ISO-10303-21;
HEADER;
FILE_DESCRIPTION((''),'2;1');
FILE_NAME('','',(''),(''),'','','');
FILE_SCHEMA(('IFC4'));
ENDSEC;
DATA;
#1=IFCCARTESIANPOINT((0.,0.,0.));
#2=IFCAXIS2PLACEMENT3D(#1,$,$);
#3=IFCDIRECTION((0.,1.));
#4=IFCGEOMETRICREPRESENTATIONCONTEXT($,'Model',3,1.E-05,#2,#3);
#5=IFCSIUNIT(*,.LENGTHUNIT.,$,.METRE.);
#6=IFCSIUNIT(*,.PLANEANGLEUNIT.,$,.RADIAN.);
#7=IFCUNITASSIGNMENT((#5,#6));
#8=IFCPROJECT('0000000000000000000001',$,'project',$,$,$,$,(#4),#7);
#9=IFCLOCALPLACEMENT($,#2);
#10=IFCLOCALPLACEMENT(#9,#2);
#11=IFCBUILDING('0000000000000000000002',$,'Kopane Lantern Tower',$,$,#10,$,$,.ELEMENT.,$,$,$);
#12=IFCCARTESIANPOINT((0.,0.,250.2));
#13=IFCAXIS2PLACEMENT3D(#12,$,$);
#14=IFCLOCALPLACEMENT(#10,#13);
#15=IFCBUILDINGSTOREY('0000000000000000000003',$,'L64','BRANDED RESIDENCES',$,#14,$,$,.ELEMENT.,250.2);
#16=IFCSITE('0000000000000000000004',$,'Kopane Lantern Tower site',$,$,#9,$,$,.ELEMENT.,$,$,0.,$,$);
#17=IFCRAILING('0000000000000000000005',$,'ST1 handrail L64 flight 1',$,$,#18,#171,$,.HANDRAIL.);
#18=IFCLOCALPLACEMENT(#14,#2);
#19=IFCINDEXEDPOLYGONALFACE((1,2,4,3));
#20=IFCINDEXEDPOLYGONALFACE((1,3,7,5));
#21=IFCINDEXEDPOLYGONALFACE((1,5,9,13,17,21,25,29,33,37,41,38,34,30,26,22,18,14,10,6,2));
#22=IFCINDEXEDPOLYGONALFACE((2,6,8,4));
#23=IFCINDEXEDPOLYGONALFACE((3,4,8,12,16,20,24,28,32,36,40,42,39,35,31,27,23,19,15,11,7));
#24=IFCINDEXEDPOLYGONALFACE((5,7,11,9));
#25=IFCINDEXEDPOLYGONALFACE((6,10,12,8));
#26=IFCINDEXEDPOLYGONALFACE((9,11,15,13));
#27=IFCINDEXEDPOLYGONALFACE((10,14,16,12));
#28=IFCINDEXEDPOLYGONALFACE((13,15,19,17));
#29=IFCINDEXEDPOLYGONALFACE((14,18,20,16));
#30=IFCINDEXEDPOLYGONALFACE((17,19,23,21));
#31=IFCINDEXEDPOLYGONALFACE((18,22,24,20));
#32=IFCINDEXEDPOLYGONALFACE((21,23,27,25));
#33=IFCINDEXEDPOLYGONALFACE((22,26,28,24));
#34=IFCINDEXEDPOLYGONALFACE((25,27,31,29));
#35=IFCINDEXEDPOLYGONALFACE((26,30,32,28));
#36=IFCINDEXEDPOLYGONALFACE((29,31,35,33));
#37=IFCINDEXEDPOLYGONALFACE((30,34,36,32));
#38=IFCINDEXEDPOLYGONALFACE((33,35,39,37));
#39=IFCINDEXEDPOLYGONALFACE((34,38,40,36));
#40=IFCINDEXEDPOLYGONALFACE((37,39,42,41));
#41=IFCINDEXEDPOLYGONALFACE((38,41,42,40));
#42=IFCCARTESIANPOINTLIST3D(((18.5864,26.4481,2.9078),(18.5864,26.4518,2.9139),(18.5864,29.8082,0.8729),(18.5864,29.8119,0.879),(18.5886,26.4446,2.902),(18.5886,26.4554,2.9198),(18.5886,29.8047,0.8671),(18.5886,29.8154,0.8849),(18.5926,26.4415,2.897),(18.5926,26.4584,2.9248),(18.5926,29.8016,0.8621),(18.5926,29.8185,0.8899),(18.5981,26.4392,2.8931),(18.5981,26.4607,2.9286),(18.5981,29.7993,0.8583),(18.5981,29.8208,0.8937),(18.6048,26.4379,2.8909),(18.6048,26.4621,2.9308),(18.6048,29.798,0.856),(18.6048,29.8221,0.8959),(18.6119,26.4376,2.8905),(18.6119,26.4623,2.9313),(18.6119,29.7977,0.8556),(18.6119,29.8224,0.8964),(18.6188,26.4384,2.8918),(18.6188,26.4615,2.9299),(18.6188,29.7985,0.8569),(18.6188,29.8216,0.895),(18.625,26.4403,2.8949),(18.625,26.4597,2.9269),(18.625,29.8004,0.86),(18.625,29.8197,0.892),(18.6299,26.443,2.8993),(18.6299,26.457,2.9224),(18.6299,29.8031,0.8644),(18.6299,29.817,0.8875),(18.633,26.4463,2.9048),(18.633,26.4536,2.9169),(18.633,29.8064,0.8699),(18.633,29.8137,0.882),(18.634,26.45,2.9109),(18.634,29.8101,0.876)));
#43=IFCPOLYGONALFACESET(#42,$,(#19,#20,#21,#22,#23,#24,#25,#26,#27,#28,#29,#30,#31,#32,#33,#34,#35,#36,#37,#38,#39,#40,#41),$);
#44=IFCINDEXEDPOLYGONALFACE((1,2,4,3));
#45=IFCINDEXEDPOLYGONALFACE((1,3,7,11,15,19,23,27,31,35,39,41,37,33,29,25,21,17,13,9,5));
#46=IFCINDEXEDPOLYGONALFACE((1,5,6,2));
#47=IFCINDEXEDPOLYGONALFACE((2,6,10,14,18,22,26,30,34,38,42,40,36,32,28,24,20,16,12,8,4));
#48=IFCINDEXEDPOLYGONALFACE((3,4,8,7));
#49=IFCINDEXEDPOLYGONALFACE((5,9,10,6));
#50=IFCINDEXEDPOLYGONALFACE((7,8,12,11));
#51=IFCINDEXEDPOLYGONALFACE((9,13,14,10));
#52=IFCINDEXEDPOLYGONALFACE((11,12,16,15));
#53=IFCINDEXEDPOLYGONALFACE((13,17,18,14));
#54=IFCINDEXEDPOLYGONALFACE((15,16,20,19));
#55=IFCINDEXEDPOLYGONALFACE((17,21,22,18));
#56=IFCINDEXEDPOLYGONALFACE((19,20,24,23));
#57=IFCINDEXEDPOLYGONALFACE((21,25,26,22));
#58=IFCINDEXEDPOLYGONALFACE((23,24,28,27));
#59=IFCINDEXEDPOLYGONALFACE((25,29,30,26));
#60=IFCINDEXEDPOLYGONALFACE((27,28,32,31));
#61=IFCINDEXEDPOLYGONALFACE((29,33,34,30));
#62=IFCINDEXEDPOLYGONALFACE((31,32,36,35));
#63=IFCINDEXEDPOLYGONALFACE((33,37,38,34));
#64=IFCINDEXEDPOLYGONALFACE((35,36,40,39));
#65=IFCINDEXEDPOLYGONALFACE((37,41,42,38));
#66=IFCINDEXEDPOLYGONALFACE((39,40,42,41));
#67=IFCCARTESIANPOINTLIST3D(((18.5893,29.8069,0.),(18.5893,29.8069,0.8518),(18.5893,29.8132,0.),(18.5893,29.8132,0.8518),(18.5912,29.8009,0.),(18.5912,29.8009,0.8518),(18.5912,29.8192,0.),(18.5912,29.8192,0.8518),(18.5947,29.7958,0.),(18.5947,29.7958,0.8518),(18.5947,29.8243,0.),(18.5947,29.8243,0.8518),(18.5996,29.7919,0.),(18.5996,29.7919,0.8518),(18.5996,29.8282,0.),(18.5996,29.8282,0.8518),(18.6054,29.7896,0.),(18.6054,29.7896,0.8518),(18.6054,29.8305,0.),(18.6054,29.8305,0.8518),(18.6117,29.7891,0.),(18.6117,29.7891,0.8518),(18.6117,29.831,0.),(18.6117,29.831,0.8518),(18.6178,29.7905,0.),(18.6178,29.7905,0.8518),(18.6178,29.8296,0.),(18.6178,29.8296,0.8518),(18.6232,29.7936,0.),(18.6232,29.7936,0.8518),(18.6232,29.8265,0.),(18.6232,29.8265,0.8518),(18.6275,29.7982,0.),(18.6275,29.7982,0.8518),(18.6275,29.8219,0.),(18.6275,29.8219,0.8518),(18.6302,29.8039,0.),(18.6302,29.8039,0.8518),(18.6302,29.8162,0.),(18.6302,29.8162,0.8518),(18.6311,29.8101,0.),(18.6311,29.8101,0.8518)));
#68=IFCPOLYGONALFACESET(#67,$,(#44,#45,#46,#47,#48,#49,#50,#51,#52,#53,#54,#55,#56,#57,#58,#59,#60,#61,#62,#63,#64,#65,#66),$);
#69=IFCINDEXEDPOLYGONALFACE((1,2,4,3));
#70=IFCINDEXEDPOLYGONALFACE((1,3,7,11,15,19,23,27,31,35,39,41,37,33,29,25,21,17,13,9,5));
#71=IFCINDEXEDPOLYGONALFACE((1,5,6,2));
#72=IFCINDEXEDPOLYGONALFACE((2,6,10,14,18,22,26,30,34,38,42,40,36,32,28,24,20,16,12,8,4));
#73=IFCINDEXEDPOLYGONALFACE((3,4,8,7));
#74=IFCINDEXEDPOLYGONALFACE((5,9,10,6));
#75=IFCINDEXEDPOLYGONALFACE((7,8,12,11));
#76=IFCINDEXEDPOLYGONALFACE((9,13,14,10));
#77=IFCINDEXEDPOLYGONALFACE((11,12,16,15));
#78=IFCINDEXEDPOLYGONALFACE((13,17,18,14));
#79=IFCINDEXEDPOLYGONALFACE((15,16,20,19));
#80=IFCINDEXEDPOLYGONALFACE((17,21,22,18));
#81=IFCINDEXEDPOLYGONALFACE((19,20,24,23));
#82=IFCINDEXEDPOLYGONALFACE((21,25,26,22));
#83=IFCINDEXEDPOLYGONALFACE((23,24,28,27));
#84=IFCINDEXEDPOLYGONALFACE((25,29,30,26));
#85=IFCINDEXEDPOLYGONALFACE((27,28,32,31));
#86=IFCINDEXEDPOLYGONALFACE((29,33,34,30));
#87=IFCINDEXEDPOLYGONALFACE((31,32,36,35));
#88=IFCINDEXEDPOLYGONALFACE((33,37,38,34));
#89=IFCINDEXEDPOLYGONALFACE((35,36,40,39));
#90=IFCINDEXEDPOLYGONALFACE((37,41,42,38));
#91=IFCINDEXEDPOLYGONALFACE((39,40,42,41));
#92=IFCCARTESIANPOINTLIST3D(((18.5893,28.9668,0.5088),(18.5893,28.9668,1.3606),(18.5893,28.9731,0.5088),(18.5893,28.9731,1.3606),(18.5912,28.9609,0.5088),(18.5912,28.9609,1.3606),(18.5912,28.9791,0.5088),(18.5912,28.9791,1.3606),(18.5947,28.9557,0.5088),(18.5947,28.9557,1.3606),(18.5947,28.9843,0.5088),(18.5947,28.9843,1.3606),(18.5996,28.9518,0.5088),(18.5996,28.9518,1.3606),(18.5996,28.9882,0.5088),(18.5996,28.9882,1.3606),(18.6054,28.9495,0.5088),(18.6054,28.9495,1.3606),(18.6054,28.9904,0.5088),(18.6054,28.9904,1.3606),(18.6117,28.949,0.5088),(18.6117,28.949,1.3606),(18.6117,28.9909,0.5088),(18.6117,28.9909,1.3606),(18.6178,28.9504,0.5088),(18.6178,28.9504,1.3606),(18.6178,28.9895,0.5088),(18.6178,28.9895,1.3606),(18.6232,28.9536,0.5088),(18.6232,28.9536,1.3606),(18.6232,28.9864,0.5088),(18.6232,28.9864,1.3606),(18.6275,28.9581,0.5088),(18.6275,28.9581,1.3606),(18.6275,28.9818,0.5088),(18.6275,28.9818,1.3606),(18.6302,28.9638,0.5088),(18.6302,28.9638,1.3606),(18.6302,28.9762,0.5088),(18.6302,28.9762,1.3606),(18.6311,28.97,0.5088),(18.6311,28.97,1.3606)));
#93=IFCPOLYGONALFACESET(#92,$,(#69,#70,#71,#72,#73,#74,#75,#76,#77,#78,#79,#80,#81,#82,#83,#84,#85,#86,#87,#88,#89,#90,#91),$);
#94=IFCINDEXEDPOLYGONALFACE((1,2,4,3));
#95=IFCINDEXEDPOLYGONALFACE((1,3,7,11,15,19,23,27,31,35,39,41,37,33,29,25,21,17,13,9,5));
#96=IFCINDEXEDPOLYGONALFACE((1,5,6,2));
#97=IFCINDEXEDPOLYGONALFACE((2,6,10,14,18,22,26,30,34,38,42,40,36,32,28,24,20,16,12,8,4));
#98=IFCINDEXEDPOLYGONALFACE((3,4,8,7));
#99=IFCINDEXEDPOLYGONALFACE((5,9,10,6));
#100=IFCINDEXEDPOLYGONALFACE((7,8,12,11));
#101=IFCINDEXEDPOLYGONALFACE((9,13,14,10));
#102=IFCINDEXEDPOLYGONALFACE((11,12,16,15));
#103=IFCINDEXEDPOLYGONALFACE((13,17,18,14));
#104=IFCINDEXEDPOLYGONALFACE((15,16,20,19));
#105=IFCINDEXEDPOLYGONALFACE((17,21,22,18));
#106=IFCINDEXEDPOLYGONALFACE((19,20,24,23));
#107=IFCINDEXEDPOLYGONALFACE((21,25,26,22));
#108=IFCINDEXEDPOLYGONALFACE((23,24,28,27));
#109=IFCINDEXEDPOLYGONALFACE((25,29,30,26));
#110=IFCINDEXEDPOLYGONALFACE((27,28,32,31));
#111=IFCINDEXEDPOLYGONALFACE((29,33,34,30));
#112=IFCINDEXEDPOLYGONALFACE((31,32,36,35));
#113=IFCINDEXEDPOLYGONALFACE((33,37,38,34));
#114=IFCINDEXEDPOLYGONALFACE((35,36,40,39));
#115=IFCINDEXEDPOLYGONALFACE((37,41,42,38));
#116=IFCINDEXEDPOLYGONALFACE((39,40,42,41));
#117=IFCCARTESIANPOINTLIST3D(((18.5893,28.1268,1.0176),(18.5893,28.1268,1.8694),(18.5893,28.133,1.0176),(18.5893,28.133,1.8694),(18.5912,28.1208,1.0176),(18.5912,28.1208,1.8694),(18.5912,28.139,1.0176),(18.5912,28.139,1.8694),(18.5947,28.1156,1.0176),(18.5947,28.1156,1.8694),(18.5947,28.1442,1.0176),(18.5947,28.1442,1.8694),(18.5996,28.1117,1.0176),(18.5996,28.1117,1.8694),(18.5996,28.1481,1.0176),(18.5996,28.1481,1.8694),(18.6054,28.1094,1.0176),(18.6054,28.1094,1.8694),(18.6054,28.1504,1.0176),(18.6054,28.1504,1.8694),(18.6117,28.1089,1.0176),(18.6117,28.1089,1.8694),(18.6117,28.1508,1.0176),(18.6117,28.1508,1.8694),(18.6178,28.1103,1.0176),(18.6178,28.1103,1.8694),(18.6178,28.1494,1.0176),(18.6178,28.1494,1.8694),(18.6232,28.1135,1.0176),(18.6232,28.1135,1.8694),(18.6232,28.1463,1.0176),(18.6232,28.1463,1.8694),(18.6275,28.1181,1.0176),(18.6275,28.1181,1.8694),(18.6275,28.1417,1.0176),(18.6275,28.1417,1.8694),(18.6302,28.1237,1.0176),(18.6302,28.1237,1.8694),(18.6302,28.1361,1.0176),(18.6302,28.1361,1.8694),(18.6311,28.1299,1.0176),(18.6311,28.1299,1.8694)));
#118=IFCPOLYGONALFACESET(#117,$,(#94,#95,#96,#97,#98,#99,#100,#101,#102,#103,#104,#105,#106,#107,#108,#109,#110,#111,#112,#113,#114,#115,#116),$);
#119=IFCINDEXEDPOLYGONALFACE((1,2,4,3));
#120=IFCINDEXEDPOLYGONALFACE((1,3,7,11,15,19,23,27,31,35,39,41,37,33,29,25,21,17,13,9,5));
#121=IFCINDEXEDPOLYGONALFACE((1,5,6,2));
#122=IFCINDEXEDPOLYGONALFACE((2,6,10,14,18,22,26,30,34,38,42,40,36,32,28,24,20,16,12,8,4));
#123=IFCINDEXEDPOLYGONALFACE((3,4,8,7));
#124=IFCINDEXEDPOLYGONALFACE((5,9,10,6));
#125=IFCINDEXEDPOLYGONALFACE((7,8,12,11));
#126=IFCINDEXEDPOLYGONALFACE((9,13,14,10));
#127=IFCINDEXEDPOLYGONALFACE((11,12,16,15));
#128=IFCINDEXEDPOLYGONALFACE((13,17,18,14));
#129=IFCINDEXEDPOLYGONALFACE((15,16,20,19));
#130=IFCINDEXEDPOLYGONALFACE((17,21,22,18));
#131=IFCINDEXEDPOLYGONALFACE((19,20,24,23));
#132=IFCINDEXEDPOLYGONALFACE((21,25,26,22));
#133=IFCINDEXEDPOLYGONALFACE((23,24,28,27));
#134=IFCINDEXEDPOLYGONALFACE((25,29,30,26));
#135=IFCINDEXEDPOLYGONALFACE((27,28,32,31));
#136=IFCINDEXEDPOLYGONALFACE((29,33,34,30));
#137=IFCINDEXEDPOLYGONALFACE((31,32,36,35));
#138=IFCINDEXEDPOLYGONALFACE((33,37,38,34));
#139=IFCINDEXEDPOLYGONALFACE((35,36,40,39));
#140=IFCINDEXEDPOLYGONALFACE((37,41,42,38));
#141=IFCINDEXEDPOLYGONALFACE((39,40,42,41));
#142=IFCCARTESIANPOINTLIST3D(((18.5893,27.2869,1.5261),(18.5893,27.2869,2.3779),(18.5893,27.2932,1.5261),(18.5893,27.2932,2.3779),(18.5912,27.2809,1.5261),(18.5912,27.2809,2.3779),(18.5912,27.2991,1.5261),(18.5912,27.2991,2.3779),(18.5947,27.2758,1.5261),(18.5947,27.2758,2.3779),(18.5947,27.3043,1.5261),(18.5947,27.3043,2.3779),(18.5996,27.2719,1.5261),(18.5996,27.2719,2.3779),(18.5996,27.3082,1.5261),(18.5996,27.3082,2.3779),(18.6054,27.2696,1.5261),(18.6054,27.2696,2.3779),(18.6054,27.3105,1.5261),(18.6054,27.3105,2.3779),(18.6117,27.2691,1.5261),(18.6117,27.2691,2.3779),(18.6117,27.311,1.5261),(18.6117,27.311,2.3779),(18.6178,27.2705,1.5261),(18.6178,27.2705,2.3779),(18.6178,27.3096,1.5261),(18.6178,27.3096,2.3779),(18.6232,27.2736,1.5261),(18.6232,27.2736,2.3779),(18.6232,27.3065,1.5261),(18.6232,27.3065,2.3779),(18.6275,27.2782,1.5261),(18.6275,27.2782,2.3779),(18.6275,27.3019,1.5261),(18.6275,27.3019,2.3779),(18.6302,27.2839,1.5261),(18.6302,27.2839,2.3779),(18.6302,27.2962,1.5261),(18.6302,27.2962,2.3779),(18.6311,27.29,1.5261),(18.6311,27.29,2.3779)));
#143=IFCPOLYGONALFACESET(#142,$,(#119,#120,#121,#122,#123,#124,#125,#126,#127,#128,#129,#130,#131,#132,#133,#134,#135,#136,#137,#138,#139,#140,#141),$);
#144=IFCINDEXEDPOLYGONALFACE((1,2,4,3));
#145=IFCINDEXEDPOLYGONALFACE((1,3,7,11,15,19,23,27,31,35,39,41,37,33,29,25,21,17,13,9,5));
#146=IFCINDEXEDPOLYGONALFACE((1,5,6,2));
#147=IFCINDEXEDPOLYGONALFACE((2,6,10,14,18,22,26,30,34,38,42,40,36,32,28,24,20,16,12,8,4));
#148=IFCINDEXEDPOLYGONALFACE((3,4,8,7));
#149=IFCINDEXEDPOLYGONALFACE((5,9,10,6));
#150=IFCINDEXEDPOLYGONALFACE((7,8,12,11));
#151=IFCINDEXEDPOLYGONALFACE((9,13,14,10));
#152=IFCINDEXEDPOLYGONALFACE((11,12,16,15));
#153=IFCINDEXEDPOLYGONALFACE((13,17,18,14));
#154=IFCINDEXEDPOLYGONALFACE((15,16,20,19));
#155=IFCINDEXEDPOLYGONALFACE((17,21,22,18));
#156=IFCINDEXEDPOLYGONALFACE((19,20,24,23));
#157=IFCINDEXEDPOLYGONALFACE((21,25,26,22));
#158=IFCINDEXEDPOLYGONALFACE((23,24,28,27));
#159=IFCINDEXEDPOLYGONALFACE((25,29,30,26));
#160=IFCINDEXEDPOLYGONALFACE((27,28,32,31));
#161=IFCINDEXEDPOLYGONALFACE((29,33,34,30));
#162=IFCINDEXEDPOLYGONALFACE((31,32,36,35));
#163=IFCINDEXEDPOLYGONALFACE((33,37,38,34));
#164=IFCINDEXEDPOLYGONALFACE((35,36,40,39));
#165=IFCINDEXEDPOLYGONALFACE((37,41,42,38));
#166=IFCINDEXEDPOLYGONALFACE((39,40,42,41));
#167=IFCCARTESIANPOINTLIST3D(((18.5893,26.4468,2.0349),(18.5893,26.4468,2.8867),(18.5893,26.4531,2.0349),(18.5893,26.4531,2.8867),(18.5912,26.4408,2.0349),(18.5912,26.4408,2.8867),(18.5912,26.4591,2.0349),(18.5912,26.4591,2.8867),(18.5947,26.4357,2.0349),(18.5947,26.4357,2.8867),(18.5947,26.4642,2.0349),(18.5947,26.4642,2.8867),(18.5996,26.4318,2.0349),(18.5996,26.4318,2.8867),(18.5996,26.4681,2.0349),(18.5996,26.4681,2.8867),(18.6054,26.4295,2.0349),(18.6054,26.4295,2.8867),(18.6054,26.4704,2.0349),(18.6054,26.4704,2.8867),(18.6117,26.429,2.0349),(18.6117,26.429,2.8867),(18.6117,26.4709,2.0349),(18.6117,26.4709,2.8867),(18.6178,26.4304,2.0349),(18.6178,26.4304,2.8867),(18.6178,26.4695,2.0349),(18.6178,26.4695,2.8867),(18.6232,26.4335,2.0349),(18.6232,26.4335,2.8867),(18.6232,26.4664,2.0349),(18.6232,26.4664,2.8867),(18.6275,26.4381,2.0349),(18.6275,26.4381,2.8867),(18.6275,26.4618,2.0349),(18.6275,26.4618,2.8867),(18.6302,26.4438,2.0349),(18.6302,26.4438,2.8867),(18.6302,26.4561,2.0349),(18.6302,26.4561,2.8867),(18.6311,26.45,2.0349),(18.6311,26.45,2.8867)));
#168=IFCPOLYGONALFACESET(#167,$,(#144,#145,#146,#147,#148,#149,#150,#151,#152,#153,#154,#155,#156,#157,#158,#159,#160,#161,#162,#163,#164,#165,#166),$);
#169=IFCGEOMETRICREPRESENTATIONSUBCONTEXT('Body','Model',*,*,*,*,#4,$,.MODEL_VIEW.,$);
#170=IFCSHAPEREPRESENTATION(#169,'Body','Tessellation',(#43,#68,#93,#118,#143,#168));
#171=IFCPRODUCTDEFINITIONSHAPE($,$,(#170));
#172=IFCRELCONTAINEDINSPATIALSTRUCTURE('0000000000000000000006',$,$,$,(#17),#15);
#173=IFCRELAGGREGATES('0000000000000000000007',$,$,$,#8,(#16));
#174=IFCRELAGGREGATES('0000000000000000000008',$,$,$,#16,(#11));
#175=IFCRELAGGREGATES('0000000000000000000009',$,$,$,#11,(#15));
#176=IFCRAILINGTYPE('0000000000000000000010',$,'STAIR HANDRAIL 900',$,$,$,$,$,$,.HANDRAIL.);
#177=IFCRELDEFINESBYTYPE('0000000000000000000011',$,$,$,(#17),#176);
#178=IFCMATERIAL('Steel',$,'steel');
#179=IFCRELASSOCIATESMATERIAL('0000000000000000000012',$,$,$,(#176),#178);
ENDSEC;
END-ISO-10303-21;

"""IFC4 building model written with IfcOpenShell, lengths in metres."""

from ifc_helpers import new_model, si_unit, direction, frame, origin, origin_2d, place, context, subcontext, project, spatial, circle, extrude, material, type_object, element, save


model = new_model("IFC4")

# Units and contexts
model_context = context("Model", 3, precision=1e-05, world=origin(), true_north=direction((0.0, 1.0)))
body_context = subcontext(model_context, "Body", "Model", "MODEL_VIEW")
ifc_project = project(units=[si_unit("LENGTHUNIT", "METRE"), si_unit("PLANEANGLEUNIT", "RADIAN")], contexts=[model_context])

# Site, building, storey
site_placement = place(None, origin())
site = spatial("IfcSite", under=ifc_project, at=site_placement, Name="Kopane Lantern Tower site", CompositionType="ELEMENT", RefElevation=0.0)
building_placement = place(site_placement, origin())
building = spatial("IfcBuilding", under=site, at=building_placement, Name="Kopane Lantern Tower", CompositionType="ELEMENT")
storey_placement = place(building_placement, frame((0.0, 0.0, 250.2)))
storey = spatial("IfcBuildingStorey", under=building, at=storey_placement, Name="L64", Description="BRANDED RESIDENCES", CompositionType="ELEMENT", Elevation=250.2)

# Railing
ifc_material_1 = material(Name="Steel", Category="steel")
railing_type_1 = type_object("IfcRailingType", Name="STAIR HANDRAIL 900", PredefinedType="HANDRAIL", material=ifc_material_1)
for number, where, name in (
    (1, (18.6101, 29.8101, 0.0), "ST1 handrail L64 flight 1"),
):
    element("IfcRailing", number, at=place(storey_placement, frame(where)), inside=storey, type_object=railing_type_1, Name=name, PredefinedType="HANDRAIL", context=body_context, shape_type="SweptSolid", body=[
        extrude(circle(Radius=0.0239, at=origin_2d()), frame((0.0, 0.0, 0.876), z_axis=(0.0, -0.855369, 0.518019), x_axis=(1.0, 0.0, 0.0)), (0.0, 0.0, 1.0), 3.9282),
        extrude(circle(Radius=0.021, at=origin_2d()), origin(), (0.0, 0.0, 1.0), 0.8518),
        extrude(circle(Radius=0.021, at=origin_2d()), frame((0.0, -0.8401, 0.5088)), (0.0, 0.0, 1.0), 0.8518),
        extrude(circle(Radius=0.021, at=origin_2d()), frame((0.0, -1.6802, 1.0176)), (0.0, 0.0, 1.0), 0.8518),
        extrude(circle(Radius=0.021, at=origin_2d()), frame((0.0, -2.52, 1.5261)), (0.0, 0.0, 1.0), 0.8518),
        extrude(circle(Radius=0.021, at=origin_2d()), frame((0.0, -3.3601, 2.0349)), (0.0, 0.0, 1.0), 0.8518),
    ])

save(model, "model.ifc")
